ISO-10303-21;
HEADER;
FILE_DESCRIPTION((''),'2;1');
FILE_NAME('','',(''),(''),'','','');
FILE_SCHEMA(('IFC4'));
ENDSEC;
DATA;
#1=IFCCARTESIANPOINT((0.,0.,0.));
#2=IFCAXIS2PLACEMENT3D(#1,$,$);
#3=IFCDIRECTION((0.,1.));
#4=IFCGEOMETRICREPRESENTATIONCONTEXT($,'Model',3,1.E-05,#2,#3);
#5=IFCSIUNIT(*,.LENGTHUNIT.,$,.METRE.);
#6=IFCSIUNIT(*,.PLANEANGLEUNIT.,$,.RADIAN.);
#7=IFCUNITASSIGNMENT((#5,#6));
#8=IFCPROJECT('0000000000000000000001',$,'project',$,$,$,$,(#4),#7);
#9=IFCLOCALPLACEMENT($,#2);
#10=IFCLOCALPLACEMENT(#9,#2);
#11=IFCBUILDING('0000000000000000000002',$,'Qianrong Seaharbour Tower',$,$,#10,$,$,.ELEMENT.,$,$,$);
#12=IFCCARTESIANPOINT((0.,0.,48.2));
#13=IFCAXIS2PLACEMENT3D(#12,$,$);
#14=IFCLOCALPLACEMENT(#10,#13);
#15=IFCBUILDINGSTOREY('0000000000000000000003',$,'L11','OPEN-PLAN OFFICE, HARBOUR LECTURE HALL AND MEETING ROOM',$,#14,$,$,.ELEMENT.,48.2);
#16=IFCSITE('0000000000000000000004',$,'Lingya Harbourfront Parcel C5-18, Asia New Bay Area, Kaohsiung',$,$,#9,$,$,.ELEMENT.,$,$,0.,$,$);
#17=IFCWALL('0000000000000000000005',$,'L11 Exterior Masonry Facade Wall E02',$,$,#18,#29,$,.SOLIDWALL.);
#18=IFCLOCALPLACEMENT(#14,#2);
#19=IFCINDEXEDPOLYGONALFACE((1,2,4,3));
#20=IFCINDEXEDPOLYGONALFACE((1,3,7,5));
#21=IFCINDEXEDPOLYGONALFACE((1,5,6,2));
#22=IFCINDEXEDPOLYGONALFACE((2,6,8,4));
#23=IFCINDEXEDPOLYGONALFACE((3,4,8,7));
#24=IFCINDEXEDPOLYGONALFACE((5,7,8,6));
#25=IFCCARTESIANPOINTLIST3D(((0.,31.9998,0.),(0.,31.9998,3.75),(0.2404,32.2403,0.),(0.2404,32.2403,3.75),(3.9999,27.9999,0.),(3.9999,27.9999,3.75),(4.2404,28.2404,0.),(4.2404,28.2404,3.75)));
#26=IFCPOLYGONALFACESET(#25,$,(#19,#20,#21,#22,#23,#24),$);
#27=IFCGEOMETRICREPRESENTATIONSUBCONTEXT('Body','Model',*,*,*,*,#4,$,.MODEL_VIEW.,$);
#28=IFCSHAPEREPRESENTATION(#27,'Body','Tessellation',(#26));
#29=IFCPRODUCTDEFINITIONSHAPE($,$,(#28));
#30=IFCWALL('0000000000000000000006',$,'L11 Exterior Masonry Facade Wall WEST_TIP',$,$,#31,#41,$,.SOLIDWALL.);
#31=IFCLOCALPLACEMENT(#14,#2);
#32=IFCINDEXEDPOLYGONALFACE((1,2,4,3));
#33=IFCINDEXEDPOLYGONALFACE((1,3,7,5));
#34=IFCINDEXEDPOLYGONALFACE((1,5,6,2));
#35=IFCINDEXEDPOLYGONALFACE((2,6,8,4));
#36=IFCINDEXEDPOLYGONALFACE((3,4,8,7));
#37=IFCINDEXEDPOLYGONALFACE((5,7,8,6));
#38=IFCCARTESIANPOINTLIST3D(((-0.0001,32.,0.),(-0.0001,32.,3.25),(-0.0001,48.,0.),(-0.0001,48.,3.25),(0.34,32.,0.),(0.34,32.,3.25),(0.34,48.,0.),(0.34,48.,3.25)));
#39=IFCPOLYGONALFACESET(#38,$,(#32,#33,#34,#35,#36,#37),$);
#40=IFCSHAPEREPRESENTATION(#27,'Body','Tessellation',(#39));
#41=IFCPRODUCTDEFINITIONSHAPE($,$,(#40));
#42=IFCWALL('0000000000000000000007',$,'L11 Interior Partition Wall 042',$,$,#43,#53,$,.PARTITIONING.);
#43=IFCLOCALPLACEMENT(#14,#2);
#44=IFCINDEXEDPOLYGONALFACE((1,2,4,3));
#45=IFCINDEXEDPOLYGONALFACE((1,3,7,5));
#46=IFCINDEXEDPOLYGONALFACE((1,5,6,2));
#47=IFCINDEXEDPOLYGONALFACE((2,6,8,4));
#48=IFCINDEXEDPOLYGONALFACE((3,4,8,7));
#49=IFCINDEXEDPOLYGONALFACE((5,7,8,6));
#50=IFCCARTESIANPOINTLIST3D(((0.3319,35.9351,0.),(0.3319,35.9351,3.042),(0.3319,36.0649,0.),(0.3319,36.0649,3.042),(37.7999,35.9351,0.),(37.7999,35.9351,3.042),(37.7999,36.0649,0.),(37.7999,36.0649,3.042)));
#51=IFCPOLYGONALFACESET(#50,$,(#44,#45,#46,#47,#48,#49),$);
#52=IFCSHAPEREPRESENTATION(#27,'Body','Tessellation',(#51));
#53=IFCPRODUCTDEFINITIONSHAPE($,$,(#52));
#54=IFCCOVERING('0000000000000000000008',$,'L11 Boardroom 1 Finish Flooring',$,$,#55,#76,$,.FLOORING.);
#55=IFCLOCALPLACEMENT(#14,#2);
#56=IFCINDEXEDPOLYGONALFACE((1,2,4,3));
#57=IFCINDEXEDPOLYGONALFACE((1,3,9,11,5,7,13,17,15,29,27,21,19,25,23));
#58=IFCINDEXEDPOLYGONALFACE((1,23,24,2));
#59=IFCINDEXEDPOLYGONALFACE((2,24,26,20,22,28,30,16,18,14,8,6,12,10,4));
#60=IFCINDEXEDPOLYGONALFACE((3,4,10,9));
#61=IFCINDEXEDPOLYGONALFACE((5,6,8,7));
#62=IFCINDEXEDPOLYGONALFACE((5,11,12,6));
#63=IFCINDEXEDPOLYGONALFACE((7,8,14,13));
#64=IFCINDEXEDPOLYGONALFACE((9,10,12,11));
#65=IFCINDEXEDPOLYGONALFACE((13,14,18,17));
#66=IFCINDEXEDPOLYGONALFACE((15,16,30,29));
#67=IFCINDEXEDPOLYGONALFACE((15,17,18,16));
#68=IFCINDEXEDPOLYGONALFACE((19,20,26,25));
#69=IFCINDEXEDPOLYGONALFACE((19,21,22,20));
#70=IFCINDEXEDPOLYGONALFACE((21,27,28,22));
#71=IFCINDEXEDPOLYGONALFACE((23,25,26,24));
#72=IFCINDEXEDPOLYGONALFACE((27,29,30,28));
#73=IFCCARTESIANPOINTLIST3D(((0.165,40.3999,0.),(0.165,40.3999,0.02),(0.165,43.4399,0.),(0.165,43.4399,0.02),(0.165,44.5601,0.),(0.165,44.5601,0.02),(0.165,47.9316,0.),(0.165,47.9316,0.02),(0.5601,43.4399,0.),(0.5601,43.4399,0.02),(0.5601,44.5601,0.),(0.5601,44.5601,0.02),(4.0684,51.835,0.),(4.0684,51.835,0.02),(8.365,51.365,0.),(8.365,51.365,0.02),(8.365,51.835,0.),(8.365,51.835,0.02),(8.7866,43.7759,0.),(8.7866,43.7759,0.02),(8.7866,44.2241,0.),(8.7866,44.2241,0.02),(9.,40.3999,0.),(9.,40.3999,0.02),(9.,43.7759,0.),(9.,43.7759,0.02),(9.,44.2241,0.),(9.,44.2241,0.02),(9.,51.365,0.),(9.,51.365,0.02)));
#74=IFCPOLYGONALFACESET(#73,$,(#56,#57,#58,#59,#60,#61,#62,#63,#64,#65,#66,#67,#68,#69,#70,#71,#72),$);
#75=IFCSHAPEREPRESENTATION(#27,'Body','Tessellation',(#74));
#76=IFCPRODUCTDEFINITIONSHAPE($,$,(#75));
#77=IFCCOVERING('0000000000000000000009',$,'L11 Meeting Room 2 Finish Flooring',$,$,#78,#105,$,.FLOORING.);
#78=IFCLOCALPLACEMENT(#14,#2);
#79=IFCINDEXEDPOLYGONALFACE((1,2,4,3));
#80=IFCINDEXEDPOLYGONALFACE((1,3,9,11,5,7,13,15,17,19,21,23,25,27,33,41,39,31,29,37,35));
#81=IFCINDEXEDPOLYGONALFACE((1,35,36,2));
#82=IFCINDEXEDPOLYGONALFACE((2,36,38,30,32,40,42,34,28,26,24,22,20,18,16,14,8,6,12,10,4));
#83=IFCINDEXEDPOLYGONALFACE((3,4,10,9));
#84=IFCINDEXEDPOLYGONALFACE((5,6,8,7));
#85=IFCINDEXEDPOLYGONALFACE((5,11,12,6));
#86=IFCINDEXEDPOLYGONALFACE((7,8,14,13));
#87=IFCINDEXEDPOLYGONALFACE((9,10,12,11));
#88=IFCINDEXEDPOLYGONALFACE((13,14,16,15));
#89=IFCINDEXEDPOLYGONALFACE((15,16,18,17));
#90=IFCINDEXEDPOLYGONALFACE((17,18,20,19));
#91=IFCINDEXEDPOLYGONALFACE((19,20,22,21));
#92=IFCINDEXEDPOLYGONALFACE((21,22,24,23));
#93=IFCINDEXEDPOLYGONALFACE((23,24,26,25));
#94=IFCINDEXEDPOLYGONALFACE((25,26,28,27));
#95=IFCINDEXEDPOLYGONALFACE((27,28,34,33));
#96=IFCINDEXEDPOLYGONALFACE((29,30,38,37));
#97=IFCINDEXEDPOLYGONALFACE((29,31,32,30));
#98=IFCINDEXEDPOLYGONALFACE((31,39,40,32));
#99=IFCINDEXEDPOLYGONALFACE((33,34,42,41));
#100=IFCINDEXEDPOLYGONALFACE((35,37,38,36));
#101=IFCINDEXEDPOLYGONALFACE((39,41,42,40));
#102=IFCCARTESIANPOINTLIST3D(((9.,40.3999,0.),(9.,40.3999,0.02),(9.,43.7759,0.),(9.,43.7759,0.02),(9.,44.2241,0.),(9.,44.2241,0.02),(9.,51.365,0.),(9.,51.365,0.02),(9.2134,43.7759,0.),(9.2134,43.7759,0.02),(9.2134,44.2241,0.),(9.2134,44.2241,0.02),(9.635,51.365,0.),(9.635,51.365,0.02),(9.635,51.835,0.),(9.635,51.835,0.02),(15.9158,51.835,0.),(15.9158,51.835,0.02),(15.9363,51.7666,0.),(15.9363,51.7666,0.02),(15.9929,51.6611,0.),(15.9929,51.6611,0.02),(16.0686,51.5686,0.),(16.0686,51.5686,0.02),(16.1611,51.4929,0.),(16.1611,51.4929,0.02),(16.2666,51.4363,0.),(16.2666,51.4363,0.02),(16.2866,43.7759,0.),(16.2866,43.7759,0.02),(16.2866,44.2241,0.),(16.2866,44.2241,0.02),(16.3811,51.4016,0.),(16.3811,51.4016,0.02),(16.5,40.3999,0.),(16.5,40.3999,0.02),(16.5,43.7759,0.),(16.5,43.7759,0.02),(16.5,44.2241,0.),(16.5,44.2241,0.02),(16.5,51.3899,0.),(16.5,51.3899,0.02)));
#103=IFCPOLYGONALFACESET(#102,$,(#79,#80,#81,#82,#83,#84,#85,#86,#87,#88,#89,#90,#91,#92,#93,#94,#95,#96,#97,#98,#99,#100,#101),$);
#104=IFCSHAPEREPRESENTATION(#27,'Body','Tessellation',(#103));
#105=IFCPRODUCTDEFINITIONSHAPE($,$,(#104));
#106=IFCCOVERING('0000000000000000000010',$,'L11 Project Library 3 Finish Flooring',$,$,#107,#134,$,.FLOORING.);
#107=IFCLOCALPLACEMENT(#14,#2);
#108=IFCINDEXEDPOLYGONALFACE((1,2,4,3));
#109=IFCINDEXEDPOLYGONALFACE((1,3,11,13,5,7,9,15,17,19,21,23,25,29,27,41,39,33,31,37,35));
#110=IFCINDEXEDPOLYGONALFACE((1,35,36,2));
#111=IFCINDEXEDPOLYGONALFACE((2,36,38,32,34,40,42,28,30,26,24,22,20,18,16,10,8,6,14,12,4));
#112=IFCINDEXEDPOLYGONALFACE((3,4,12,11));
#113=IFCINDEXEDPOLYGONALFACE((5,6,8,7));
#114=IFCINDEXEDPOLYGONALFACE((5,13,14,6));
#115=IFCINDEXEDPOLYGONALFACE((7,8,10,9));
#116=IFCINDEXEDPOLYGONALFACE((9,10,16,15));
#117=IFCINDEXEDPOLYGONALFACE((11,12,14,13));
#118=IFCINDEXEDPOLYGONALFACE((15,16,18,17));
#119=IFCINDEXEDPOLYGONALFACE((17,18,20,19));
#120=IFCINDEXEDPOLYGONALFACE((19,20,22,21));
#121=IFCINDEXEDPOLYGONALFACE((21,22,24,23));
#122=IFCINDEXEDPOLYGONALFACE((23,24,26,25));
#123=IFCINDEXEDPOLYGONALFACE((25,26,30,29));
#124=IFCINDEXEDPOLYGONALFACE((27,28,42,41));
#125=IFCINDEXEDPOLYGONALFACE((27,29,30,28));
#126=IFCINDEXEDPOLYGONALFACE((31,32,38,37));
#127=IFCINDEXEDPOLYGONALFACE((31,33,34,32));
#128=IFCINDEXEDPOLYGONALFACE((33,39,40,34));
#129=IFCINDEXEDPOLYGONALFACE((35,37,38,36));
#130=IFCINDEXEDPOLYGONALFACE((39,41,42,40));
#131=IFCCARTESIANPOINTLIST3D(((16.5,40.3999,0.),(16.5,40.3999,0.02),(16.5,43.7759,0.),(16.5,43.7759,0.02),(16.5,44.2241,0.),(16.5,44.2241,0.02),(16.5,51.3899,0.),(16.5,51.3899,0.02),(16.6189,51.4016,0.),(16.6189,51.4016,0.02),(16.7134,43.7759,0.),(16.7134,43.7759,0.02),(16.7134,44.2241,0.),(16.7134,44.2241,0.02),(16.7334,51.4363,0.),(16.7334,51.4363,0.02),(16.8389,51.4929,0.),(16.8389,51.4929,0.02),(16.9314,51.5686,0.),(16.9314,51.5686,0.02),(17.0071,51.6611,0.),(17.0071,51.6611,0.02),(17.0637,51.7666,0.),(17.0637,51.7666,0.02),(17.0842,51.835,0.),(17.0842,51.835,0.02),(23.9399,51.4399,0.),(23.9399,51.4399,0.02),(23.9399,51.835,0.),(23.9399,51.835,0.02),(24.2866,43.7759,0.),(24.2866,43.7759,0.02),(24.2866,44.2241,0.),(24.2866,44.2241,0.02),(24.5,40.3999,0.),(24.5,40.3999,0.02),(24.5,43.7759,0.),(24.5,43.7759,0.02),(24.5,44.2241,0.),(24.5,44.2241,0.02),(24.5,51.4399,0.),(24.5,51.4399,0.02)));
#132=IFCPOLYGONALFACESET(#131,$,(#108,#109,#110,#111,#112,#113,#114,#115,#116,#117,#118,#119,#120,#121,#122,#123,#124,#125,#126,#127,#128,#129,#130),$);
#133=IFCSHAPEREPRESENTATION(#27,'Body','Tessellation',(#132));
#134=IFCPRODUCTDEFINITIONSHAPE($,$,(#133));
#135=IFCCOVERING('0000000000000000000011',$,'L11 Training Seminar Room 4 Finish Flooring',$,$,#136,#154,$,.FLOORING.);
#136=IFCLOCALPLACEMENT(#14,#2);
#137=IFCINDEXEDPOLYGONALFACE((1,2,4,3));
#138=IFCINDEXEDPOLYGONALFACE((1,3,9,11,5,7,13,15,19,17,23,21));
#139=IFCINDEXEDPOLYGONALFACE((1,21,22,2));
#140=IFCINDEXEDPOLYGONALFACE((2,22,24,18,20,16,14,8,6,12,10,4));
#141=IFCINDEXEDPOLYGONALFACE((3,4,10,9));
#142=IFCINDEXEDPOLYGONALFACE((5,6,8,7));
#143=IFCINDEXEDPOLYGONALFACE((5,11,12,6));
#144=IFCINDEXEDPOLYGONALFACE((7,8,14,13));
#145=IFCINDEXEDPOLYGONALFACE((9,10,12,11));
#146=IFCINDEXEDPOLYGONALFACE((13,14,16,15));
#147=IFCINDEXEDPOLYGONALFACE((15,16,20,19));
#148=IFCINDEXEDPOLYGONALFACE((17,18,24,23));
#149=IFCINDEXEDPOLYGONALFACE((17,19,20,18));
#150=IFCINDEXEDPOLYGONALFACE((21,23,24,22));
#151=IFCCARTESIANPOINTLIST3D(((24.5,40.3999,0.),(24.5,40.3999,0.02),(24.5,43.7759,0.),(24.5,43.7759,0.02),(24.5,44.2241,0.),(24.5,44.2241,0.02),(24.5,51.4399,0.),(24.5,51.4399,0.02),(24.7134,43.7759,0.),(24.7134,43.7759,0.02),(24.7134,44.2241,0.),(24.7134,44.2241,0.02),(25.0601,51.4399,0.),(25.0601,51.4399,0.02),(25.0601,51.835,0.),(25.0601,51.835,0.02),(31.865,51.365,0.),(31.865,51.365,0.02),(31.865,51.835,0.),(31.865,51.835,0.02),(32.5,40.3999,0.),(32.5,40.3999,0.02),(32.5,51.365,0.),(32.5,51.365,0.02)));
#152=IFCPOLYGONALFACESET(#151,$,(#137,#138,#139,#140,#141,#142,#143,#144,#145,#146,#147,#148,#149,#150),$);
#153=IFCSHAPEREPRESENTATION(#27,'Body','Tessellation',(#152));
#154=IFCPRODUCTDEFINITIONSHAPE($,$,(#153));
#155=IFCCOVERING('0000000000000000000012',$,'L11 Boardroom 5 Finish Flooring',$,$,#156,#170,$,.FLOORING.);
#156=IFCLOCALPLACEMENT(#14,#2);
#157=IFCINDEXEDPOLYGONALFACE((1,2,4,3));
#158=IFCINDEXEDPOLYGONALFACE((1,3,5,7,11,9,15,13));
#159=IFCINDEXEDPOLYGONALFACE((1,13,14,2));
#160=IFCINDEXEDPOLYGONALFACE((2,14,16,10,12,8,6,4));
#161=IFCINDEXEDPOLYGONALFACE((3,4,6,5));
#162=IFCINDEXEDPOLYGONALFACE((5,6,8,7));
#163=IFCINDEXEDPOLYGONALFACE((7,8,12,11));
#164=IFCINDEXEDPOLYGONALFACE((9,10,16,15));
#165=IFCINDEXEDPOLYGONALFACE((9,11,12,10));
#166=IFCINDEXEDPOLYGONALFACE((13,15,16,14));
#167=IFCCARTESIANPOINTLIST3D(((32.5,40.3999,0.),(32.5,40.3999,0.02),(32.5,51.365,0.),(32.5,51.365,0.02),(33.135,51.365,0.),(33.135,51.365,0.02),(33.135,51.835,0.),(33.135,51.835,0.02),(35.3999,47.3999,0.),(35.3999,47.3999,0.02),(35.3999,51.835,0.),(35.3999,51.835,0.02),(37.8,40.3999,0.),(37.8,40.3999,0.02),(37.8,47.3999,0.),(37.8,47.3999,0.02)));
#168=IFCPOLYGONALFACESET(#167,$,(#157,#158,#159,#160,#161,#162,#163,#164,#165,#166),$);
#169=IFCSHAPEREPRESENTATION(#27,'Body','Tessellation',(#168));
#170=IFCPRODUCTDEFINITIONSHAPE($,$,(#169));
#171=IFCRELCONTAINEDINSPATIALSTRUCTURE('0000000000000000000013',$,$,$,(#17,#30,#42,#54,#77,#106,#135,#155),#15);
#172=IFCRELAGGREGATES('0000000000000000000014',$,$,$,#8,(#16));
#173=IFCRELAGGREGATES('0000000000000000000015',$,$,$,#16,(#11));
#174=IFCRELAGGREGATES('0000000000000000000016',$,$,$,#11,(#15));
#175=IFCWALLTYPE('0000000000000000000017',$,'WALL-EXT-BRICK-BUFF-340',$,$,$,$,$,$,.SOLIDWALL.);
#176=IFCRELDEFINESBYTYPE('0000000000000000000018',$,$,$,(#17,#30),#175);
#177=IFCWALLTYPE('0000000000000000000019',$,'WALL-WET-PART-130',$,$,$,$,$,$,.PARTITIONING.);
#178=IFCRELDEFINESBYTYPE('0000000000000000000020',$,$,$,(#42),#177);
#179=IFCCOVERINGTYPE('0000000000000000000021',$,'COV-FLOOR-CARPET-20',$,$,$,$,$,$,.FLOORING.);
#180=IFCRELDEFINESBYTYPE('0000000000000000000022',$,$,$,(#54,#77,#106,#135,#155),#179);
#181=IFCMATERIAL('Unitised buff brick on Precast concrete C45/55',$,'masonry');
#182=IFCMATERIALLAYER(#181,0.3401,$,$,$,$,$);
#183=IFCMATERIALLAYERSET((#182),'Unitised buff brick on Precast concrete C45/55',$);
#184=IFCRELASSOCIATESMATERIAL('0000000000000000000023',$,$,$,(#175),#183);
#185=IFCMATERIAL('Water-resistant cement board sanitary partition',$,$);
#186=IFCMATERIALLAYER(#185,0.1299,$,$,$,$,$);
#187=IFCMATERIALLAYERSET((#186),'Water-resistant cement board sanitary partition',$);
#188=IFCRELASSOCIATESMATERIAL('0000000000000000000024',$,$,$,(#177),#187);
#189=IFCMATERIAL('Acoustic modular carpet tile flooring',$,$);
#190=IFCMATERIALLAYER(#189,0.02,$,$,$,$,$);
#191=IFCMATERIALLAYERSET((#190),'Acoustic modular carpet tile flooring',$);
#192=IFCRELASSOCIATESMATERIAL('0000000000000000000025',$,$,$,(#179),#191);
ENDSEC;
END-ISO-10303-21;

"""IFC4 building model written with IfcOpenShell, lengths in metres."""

from ifc_helpers import new_model, si_unit, direction, frame, frame_2d, origin, place, context, subcontext, project, spatial, polyline, rectangle, outline, extrude, material, layer, layer_set, type_object, element, save


model = new_model("IFC4")

# Units and contexts
model_context = context("Model", 3, precision=1e-05, world=origin(), true_north=direction((0.0, 1.0)))
body_context = subcontext(model_context, "Body", "Model", "MODEL_VIEW")
ifc_project = project(units=[si_unit("LENGTHUNIT", "METRE"), si_unit("PLANEANGLEUNIT", "RADIAN")], contexts=[model_context])

# Site, building, storey
site_placement = place(None, origin())
site = spatial("IfcSite", under=ifc_project, at=site_placement, Name="Lingya Harbourfront Parcel C5-18, Asia New Bay Area, Kaohsiung", CompositionType="ELEMENT", RefElevation=0.0)
building_placement = place(site_placement, origin())
building = spatial("IfcBuilding", under=site, at=building_placement, Name="Qianrong Seaharbour Tower", CompositionType="ELEMENT")
storey_placement = place(building_placement, frame((0.0, 0.0, 48.2)))
storey = spatial("IfcBuildingStorey", under=building, at=storey_placement, Name="L11", Description="OPEN-PLAN OFFICE, HARBOUR LECTURE HALL AND MEETING ROOM", CompositionType="ELEMENT", Elevation=48.2)

# Walls
ifc_material_1 = material(Name="Unitised buff brick on Precast concrete C45/55", Category="masonry")
ifc_layer_1 = layer(ifc_material_1, 0.3401)
ifc_layer_set_1 = layer_set([ifc_layer_1], Name="Unitised buff brick on Precast concrete C45/55")
wall_type_1 = type_object("IfcWallType", Name="WALL-EXT-BRICK-BUFF-340", PredefinedType="SOLIDWALL", material=ifc_layer_set_1)
wall_1_placement = place(storey_placement, frame((4.1201, 28.1201, 0.0), z_axis=(0.0, 0.0, 1.0), x_axis=(-0.707107, 0.707107, 0.0)))
element("IfcWall", 1, at=wall_1_placement, inside=storey, type_object=wall_type_1, Name="L11 Exterior Masonry Facade Wall E02", PredefinedType="SOLIDWALL", context=body_context, shape_type="SweptSolid", body=[
    extrude(rectangle(XDim=5.6567, YDim=0.3401, at=frame_2d((2.8284, 0.0))), origin(), (0.0, 0.0, 1.0), 3.75),
])
wall_2_placement = place(storey_placement, frame((0.1699, 32.0, 0.0), z_axis=(0.0, 0.0, 1.0), x_axis=(0.0, 1.0, 0.0)))
element("IfcWall", 2, at=wall_2_placement, inside=storey, type_object=wall_type_1, Name="L11 Exterior Masonry Facade Wall WEST_TIP", PredefinedType="SOLIDWALL", context=body_context, shape_type="SweptSolid", body=[
    extrude(rectangle(XDim=16.0, YDim=0.3401, at=frame_2d((8.0, 0.0))), origin(), (0.0, 0.0, 1.0), 3.25),
])
ifc_material_2 = material(Name="Water-resistant cement board sanitary partition")
ifc_layer_2 = layer(ifc_material_2, 0.1299)
ifc_layer_set_2 = layer_set([ifc_layer_2], Name="Water-resistant cement board sanitary partition")
wall_type_2 = type_object("IfcWallType", Name="WALL-WET-PART-130", PredefinedType="PARTITIONING", material=ifc_layer_set_2)
wall_3_placement = place(storey_placement, frame((0.332, 36.0, 0.0), z_axis=(0.0, 0.0, 1.0), x_axis=(1.0, 0.0, 0.0)))
element("IfcWall", 3, at=wall_3_placement, inside=storey, type_object=wall_type_2, Name="L11 Interior Partition Wall 042", PredefinedType="PARTITIONING", context=body_context, shape_type="SweptSolid", body=[
    extrude(rectangle(XDim=37.468, YDim=0.1299, at=frame_2d((18.7339, 0.0))), origin(), (0.0, 0.0, 1.0), 3.042),
])

# Coverings
ifc_material_3 = material(Name="Acoustic modular carpet tile flooring")
ifc_layer_3 = layer(ifc_material_3, 0.02)
ifc_layer_set_3 = layer_set([ifc_layer_3], Name="Acoustic modular carpet tile flooring")
covering_type_1 = type_object("IfcCoveringType", Name="COV-FLOOR-CARPET-20", PredefinedType="FLOORING", material=ifc_layer_set_3)
covering_1_placement = place(storey_placement, origin())
element("IfcCovering", 4, at=covering_1_placement, inside=storey, type_object=covering_type_1, Name="L11 Boardroom 1 Finish Flooring", PredefinedType="FLOORING", context=body_context, shape_type="SweptSolid", body=[
    extrude(outline(polyline([(0.165, 43.4399), (0.5601, 43.4399), (0.5601, 44.5601), (0.165, 44.5601), (0.165, 47.9316), (4.0684, 51.835), (8.365, 51.835), (8.365, 51.365), (9.0, 51.365), (9.0, 44.2241), (8.7866, 44.2241), (8.7866, 43.7759), (9.0, 43.7759), (9.0, 40.3999), (0.165, 40.3999), (0.165, 43.4399)])), origin(), (0.0, 0.0, 1.0), 0.02),
])
covering_2_placement = place(storey_placement, origin())
element("IfcCovering", 5, at=covering_2_placement, inside=storey, type_object=covering_type_1, Name="L11 Meeting Room 2 Finish Flooring", PredefinedType="FLOORING", context=body_context, shape_type="SweptSolid", body=[
    extrude(outline(polyline([(9.0, 43.7759), (9.2134, 43.7759), (9.2134, 44.2241), (9.0, 44.2241), (9.0, 51.365), (9.635, 51.365), (9.635, 51.835), (15.9158, 51.835), (15.9363, 51.7666), (15.9929, 51.6611), (16.0686, 51.5686), (16.1611, 51.4929), (16.2666, 51.4363), (16.3811, 51.4016), (16.5, 51.3899), (16.5, 44.2241), (16.2866, 44.2241), (16.2866, 43.7759), (16.5, 43.7759), (16.5, 40.3999), (9.0, 40.3999), (9.0, 43.7759)])), origin(), (0.0, 0.0, 1.0), 0.02),
])
covering_3_placement = place(storey_placement, origin())
element("IfcCovering", 6, at=covering_3_placement, inside=storey, type_object=covering_type_1, Name="L11 Project Library 3 Finish Flooring", PredefinedType="FLOORING", context=body_context, shape_type="SweptSolid", body=[
    extrude(outline(polyline([(16.5, 43.7759), (16.7134, 43.7759), (16.7134, 44.2241), (16.5, 44.2241), (16.5, 51.3899), (16.6189, 51.4016), (16.7334, 51.4363), (16.8389, 51.4929), (16.9314, 51.5686), (17.0071, 51.6611), (17.0637, 51.7666), (17.0842, 51.835), (23.9399, 51.835), (23.9399, 51.4399), (24.5, 51.4399), (24.5, 44.2241), (24.2866, 44.2241), (24.2866, 43.7759), (24.5, 43.7759), (24.5, 40.3999), (16.5, 40.3999), (16.5, 43.7759)])), origin(), (0.0, 0.0, 1.0), 0.02),
])
covering_4_placement = place(storey_placement, origin())
element("IfcCovering", 7, at=covering_4_placement, inside=storey, type_object=covering_type_1, Name="L11 Training Seminar Room 4 Finish Flooring", PredefinedType="FLOORING", context=body_context, shape_type="SweptSolid", body=[
    extrude(outline(polyline([(24.5, 43.7759), (24.7134, 43.7759), (24.7134, 44.2241), (24.5, 44.2241), (24.5, 51.4399), (25.0601, 51.4399), (25.0601, 51.835), (31.865, 51.835), (31.865, 51.365), (32.5, 51.365), (32.5, 40.3999), (24.5, 40.3999), (24.5, 43.7759)])), origin(), (0.0, 0.0, 1.0), 0.02),
])
covering_5_placement = place(storey_placement, origin())
element("IfcCovering", 8, at=covering_5_placement, inside=storey, type_object=covering_type_1, Name="L11 Boardroom 5 Finish Flooring", PredefinedType="FLOORING", context=body_context, shape_type="SweptSolid", body=[
    extrude(outline(polyline([(32.5, 51.365), (33.135, 51.365), (33.135, 51.835), (35.3999, 51.835), (35.3999, 47.3999), (37.8, 47.3999), (37.8, 40.3999), (32.5, 40.3999), (32.5, 51.365)])), origin(), (0.0, 0.0, 1.0), 0.02),
])

save(model, "model.ifc")
